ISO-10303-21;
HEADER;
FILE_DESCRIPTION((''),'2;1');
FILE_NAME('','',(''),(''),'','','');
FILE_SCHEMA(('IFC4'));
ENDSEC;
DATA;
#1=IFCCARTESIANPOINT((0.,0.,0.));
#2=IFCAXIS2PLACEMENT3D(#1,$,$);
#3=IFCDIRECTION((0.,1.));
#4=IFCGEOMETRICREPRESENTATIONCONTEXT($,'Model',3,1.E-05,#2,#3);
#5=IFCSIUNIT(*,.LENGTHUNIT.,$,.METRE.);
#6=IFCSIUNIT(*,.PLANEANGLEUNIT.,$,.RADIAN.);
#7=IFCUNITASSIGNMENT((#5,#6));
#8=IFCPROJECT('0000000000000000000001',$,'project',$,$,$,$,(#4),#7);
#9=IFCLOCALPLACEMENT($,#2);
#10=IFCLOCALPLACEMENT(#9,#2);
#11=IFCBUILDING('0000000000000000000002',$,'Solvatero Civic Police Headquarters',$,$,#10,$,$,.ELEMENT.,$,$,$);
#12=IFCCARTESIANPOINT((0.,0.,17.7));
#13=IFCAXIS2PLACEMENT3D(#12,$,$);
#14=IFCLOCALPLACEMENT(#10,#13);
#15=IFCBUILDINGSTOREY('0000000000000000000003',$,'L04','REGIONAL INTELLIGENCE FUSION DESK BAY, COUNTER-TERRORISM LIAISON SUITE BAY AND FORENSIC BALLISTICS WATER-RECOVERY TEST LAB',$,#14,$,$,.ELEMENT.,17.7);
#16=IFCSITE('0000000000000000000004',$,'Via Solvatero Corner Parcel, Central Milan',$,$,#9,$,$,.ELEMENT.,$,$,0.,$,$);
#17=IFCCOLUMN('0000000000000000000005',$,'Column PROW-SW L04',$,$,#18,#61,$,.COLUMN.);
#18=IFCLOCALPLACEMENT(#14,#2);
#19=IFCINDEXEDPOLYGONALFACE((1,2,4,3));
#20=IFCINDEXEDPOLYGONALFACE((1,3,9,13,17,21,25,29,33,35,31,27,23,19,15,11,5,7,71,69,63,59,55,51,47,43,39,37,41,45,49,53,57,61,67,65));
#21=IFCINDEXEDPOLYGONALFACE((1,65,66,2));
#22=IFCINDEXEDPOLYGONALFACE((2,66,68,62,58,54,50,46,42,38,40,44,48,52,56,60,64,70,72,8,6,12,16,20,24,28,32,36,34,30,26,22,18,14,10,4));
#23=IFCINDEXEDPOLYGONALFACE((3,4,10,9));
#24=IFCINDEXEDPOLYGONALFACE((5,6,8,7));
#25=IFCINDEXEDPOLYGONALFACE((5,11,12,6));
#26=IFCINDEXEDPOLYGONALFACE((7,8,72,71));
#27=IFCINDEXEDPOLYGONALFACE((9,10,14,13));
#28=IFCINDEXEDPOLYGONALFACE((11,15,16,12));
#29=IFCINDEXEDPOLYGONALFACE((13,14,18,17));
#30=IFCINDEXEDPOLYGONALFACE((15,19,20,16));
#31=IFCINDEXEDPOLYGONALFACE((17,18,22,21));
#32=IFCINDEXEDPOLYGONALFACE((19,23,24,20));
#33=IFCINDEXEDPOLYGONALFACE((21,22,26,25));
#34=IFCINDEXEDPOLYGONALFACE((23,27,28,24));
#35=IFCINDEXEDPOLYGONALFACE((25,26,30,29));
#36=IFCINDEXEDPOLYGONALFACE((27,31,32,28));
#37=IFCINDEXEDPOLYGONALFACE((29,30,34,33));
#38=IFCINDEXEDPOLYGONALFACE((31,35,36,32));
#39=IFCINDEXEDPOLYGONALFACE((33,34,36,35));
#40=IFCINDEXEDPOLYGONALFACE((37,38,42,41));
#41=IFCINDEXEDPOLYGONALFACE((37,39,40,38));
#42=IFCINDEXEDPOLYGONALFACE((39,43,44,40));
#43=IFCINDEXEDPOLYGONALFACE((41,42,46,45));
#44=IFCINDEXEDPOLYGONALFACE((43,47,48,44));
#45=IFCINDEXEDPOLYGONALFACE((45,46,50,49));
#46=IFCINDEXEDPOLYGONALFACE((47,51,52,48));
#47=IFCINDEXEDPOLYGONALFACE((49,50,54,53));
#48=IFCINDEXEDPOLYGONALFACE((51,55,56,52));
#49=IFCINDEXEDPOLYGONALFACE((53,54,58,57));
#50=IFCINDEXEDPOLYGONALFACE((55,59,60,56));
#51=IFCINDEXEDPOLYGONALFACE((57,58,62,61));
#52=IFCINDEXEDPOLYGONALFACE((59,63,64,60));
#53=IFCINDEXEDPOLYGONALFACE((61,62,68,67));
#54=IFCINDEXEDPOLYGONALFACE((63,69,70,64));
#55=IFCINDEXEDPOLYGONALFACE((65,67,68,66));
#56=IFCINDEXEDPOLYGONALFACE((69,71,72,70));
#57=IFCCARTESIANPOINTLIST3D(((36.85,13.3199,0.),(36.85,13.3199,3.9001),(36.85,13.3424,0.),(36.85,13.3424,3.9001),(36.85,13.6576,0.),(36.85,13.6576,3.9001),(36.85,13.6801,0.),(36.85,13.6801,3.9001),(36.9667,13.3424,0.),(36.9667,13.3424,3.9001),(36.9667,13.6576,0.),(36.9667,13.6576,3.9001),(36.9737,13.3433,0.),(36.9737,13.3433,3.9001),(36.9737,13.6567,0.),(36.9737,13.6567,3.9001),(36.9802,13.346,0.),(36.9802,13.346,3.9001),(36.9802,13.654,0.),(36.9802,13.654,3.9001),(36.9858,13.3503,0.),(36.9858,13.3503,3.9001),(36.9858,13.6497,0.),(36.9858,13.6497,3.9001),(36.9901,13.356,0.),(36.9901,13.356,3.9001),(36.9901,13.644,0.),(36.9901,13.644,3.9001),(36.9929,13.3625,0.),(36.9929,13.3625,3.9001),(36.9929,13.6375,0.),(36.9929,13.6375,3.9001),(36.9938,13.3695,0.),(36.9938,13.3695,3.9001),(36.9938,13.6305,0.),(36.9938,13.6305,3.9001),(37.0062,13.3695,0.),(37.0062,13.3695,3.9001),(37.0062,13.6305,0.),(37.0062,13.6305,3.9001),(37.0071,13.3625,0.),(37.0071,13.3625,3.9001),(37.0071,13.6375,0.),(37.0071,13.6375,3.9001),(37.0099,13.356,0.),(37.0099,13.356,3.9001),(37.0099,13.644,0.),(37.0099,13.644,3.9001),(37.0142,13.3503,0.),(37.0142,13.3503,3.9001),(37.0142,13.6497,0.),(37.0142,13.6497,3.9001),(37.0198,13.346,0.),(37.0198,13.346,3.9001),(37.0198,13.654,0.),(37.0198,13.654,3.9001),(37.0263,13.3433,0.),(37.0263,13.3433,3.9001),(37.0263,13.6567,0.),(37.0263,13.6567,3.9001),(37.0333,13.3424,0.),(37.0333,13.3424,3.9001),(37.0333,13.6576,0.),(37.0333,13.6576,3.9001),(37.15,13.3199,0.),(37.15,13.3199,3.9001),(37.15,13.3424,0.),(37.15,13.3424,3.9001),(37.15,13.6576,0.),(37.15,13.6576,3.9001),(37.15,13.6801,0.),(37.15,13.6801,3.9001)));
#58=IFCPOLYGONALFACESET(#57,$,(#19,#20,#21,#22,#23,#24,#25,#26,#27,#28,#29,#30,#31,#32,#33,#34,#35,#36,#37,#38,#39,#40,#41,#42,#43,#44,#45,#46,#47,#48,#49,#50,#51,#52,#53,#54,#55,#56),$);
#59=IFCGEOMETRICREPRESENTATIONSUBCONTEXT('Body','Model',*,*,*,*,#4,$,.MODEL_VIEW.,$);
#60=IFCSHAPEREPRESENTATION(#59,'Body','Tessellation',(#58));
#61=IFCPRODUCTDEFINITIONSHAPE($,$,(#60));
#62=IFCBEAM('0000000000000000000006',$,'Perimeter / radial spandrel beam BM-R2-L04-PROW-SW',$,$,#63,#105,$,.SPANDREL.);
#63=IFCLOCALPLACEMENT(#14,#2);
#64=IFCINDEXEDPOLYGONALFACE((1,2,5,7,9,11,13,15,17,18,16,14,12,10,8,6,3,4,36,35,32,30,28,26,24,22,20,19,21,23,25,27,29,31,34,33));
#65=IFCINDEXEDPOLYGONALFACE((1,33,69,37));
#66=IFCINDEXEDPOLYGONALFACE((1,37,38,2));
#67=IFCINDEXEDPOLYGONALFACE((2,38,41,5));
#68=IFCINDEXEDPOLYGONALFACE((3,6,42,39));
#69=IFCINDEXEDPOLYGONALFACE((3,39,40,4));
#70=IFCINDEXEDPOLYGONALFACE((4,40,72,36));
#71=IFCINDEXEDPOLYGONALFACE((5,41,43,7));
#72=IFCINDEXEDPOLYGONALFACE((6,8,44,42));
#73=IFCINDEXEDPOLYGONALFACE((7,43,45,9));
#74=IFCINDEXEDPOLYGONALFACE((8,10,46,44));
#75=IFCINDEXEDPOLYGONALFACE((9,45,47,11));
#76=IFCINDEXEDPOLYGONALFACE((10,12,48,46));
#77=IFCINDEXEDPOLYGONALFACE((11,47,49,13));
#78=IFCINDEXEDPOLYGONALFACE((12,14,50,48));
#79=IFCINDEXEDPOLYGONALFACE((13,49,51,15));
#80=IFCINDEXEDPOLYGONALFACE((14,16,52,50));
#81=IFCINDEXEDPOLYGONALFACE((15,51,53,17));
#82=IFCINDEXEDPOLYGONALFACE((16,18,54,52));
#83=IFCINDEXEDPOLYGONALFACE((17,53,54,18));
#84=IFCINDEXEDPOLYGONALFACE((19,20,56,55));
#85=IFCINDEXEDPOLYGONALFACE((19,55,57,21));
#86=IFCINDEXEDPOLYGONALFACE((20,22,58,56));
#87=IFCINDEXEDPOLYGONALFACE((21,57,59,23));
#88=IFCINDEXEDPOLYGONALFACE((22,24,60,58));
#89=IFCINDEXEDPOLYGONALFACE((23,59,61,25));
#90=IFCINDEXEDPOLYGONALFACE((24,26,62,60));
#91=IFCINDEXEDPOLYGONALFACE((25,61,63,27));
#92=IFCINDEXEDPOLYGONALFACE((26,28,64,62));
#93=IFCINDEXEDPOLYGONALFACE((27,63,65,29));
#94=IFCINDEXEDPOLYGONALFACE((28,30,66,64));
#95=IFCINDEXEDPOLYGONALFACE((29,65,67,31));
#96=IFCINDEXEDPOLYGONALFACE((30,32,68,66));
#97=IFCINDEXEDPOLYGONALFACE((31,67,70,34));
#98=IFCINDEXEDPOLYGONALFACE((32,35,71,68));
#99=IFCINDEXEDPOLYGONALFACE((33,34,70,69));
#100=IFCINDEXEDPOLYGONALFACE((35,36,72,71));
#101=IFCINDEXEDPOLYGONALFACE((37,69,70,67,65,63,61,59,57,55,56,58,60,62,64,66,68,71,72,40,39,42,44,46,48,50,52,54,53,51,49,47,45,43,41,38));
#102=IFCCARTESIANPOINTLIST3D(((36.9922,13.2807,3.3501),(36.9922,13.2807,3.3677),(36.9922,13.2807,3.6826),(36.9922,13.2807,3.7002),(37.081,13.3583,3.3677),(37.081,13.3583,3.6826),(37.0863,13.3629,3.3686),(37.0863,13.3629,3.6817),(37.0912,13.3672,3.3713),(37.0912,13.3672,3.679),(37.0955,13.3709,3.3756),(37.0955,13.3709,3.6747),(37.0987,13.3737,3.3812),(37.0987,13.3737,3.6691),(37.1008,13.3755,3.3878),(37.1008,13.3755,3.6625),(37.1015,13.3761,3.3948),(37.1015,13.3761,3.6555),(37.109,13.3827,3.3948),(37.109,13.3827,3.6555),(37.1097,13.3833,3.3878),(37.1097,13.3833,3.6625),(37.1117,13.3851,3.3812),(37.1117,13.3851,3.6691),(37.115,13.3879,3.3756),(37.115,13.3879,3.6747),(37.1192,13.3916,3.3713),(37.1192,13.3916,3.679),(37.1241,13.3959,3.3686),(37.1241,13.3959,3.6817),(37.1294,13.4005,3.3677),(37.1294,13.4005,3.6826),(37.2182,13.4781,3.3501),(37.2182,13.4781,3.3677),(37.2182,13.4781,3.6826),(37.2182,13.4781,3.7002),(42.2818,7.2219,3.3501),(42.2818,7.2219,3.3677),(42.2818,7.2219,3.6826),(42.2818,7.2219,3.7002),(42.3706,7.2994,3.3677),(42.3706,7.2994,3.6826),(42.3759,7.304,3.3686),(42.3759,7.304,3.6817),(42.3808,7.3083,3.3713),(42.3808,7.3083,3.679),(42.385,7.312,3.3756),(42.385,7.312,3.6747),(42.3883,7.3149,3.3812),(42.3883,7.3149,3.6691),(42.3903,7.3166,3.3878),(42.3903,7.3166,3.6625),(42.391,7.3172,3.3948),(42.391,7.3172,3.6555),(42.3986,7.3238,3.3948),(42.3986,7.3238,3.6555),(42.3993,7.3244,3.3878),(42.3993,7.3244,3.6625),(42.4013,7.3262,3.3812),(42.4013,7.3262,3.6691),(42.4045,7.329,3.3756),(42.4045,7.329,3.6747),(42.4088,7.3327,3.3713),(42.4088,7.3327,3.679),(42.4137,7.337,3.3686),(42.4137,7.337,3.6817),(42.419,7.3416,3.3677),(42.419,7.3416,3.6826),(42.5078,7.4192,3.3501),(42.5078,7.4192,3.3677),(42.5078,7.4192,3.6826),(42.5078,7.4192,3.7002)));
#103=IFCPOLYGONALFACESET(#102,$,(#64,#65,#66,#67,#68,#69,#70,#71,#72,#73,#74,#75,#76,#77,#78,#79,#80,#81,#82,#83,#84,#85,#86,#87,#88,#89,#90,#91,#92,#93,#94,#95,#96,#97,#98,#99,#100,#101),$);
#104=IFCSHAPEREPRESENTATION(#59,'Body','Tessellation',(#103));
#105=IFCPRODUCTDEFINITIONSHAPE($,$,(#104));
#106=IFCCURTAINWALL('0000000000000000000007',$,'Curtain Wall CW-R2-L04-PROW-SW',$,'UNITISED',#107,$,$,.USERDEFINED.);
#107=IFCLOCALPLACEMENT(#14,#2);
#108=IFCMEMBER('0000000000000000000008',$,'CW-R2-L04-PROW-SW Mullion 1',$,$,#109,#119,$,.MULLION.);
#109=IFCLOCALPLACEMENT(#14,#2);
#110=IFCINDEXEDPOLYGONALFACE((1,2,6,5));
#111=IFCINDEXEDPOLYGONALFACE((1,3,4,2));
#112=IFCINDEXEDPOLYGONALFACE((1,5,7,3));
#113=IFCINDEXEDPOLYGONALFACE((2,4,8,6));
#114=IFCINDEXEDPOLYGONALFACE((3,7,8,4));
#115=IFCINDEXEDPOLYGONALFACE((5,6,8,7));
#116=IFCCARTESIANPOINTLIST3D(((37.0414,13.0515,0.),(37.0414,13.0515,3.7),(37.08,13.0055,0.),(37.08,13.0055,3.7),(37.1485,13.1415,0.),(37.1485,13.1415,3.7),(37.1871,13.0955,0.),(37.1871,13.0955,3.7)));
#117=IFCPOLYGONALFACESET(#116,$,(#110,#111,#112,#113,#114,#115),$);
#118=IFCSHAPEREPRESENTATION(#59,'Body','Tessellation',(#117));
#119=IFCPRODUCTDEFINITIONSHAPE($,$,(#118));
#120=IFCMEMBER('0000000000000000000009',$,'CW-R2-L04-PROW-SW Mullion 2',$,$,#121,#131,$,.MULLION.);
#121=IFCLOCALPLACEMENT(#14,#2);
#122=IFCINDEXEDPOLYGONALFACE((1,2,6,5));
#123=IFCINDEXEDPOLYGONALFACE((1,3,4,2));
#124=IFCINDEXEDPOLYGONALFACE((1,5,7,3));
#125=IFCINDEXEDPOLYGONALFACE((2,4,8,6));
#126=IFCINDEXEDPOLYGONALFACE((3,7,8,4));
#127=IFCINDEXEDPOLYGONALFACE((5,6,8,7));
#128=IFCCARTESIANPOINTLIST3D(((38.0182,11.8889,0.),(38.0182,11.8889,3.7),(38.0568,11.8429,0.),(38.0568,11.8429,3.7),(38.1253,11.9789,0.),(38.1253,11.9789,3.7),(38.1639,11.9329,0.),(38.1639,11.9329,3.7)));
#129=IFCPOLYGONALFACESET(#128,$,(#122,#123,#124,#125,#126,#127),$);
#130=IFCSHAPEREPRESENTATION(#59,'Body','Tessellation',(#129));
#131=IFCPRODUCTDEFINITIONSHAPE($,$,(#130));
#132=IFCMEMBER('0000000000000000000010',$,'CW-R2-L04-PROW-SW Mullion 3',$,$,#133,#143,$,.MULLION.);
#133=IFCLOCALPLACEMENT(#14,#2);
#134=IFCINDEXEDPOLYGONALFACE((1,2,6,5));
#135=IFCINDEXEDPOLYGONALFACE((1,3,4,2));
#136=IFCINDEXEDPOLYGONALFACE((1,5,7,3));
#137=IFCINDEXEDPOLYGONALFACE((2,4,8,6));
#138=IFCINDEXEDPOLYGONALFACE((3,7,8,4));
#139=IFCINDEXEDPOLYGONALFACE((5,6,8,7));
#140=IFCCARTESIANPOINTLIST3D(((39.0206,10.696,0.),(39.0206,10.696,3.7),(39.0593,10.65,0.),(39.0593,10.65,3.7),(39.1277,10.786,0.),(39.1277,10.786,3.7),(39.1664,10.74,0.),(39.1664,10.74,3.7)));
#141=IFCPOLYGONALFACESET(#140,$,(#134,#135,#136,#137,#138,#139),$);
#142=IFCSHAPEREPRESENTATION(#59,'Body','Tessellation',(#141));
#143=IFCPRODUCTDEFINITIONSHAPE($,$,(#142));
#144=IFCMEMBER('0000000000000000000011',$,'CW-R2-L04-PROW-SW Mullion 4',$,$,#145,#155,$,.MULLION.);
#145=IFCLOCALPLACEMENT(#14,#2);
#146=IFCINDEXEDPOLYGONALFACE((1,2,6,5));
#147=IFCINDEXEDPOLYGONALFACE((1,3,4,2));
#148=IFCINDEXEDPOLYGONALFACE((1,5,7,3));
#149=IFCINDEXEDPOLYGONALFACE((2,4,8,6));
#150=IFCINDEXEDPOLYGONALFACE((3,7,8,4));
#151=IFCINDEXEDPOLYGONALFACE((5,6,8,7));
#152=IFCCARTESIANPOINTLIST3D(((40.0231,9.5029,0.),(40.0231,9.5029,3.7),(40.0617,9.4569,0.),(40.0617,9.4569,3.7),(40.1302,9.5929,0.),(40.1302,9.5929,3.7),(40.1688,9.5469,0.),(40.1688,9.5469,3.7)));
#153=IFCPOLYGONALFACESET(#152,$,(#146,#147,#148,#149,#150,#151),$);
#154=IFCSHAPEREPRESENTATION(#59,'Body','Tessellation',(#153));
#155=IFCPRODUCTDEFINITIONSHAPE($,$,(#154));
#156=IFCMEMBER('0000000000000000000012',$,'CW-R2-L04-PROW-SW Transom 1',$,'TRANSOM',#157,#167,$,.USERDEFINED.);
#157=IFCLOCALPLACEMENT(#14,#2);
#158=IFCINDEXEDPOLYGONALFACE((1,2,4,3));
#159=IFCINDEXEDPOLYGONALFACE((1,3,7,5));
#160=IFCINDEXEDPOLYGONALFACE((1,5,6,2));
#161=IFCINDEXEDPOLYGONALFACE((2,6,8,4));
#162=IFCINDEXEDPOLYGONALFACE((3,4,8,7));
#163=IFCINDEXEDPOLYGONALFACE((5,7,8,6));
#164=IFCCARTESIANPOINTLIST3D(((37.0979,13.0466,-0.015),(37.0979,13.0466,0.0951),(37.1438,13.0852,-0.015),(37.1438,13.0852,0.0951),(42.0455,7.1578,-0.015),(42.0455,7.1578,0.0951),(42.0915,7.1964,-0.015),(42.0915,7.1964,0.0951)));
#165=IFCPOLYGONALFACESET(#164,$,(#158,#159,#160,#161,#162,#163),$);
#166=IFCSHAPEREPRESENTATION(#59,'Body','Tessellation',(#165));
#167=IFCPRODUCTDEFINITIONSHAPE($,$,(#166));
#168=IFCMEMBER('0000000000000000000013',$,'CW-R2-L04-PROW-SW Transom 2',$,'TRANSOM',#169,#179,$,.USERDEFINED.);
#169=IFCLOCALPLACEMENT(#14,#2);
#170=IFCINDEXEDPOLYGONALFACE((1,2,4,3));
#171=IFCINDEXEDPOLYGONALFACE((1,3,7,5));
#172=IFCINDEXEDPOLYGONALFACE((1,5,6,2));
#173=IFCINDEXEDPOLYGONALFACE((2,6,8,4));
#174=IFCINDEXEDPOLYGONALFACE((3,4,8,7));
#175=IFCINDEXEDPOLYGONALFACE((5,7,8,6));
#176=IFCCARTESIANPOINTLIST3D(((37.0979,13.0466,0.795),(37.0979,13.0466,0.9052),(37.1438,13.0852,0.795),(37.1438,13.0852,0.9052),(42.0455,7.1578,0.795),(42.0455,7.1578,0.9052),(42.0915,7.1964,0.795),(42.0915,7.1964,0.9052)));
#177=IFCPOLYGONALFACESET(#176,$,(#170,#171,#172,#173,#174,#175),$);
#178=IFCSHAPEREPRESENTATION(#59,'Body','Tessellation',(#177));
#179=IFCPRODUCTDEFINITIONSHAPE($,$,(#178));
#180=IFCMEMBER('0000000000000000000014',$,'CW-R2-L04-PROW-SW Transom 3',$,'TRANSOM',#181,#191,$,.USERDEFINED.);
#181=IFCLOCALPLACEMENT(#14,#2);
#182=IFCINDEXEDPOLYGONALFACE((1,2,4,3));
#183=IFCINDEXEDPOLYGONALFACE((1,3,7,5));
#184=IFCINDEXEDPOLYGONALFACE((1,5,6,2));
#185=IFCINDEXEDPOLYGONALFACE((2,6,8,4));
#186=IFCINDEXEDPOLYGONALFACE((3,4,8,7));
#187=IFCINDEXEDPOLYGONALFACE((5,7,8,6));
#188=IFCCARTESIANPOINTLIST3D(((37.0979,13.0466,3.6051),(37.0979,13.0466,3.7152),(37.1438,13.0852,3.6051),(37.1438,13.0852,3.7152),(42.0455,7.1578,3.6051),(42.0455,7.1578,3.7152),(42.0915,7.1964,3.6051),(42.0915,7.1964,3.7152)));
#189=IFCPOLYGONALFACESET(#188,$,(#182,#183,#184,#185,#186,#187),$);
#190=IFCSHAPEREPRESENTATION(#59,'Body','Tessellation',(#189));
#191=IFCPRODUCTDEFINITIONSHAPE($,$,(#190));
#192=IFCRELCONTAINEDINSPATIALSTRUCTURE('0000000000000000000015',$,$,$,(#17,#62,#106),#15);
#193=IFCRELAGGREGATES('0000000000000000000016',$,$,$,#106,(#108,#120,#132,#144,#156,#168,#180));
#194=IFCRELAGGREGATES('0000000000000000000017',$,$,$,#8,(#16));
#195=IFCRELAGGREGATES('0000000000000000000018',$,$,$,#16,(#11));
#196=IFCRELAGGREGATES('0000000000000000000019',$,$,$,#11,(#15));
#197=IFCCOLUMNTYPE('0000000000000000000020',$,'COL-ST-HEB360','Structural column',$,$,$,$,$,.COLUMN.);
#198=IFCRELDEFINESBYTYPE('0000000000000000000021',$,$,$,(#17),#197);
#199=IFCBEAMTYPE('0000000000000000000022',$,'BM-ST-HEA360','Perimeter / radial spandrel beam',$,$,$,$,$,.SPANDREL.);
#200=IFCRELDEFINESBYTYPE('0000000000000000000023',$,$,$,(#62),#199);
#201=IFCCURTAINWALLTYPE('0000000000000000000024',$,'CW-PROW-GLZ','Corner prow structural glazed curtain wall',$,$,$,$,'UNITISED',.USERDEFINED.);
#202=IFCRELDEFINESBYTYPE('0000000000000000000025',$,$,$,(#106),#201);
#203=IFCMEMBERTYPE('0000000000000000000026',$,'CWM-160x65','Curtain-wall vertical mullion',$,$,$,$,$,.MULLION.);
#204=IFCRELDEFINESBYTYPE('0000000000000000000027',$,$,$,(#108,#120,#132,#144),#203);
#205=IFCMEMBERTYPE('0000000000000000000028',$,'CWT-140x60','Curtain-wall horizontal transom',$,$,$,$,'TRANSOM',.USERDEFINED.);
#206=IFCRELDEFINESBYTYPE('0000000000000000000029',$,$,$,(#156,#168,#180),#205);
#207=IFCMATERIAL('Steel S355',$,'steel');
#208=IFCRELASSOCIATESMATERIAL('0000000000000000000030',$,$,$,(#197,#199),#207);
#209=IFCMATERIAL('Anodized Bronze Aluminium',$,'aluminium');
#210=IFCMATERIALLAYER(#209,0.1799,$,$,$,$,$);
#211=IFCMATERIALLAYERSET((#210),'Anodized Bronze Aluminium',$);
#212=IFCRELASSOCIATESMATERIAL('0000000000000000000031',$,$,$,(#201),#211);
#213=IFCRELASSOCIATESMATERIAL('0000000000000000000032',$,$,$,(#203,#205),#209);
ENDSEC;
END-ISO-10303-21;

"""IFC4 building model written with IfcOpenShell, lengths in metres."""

from ifc_helpers import new_model, si_unit, direction, frame, origin, origin_2d, place, context, subcontext, project, spatial, rectangle, i_section, extrude, material, layer, layer_set, material_profile, profile_set, type_object, element, aggregate, save


model = new_model("IFC4")

# Units and contexts
model_context = context("Model", 3, precision=1e-05, world=origin(), true_north=direction((0.0, 1.0)))
body_context = subcontext(model_context, "Body", "Model", "MODEL_VIEW")
ifc_project = project(units=[si_unit("LENGTHUNIT", "METRE"), si_unit("PLANEANGLEUNIT", "RADIAN")], contexts=[model_context])

# Site, building, storey
site_placement = place(None, origin())
site = spatial("IfcSite", under=ifc_project, at=site_placement, Name="Via Solvatero Corner Parcel, Central Milan", CompositionType="ELEMENT", RefElevation=0.0)
building_placement = place(site_placement, origin())
building = spatial("IfcBuilding", under=site, at=building_placement, Name="Solvatero Civic Police Headquarters", CompositionType="ELEMENT")
storey_placement = place(building_placement, frame((0.0, 0.0, 17.7)))
storey = spatial("IfcBuildingStorey", under=building, at=storey_placement, Name="L04", Description="REGIONAL INTELLIGENCE FUSION DESK BAY, COUNTER-TERRORISM LIAISON SUITE BAY AND FORENSIC BALLISTICS WATER-RECOVERY TEST LAB", CompositionType="ELEMENT", Elevation=17.7)

# Column
ifc_material_1 = material(Name="Steel S355", Category="steel")
ifc_material_profile_1 = material_profile(ifc_material_1, i_section(OverallWidth=0.3, OverallDepth=0.3601, WebThickness=0.0125, FlangeThickness=0.0225, FilletRadius=0.0271, at=origin_2d()), Name="HEB 360")
ifc_profile_set_1 = profile_set([ifc_material_profile_1], Name="Steel S355")
column_type = type_object("IfcColumnType", Name="COL-ST-HEB360", Description="Structural column", PredefinedType="COLUMN", material=ifc_profile_set_1)
column_placement = place(storey_placement, frame((37.0, 13.5, 0.0), z_axis=(0.0, 0.0, 1.0), x_axis=(1.0, 0.0, 0.0)))
element("IfcColumn", 1, at=column_placement, inside=storey, type_object=column_type, Name="Column PROW-SW L04", PredefinedType="COLUMN", context=body_context, shape_type="SweptSolid", body=[
    extrude(i_section(OverallWidth=0.3, OverallDepth=0.3601, WebThickness=0.0125, FlangeThickness=0.0225, FilletRadius=0.0271, at=origin_2d()), origin(), (0.0, 0.0, 1.0), 3.9001),
])

# Beam
ifc_material_profile_2 = material_profile(ifc_material_1, i_section(OverallWidth=0.3, OverallDepth=0.3501, WebThickness=0.01, FlangeThickness=0.0176, FilletRadius=0.0271, at=origin_2d()), Name="HEA 360")
ifc_profile_set_2 = profile_set([ifc_material_profile_2], Name="Steel S355")
beam_type = type_object("IfcBeamType", Name="BM-ST-HEA360", Description="Perimeter / radial spandrel beam", PredefinedType="SPANDREL", material=ifc_profile_set_2)
beam_placement = place(storey_placement, frame((37.1052, 13.3794, 3.5251), z_axis=(0.657664, -0.753311, 0.0), x_axis=(0.753311, 0.657664, 0.0)))
element("IfcBeam", 2, at=beam_placement, inside=storey, type_object=beam_type, Name="Perimeter / radial spandrel beam BM-R2-L04-PROW-SW", PredefinedType="SPANDREL", context=body_context, shape_type="SweptSolid", body=[
    extrude(i_section(OverallWidth=0.3, OverallDepth=0.3501, WebThickness=0.01, FlangeThickness=0.0176, FilletRadius=0.0271, at=origin_2d()), origin(), (0.0, 0.0, 1.0), 8.043),
])

# Curtain wall, members
ifc_material_2 = material(Name="Anodized Bronze Aluminium", Category="aluminium")
ifc_layer_1 = layer(ifc_material_2, 0.1799)
ifc_layer_set_1 = layer_set([ifc_layer_1], Name="Anodized Bronze Aluminium")
curtain_wall_type = type_object("IfcCurtainWallType", Name="CW-PROW-GLZ", Description="Corner prow structural glazed curtain wall", ElementType="UNITISED", PredefinedType="USERDEFINED", material=ifc_layer_set_1)
curtain_wall_placement = place(storey_placement, origin())
curtain_wall = element("IfcCurtainWall", 3, at=curtain_wall_placement, inside=storey, type_object=curtain_wall_type, Name="Curtain Wall CW-R2-L04-PROW-SW", ObjectType="UNITISED", PredefinedType="USERDEFINED")
ifc_material_profile_3 = material_profile(ifc_material_2, rectangle(XDim=0.0601, YDim=0.1399, at=origin_2d()), Name="ALU MULLION 60x140")
ifc_profile_set_3 = profile_set([ifc_material_profile_3], Name="Anodized Bronze Aluminium")
member_type_1 = type_object("IfcMemberType", Name="CWM-160x65", Description="Curtain-wall vertical mullion", PredefinedType="MULLION", material=ifc_profile_set_3)
member_1_placement = place(storey_placement, frame((37.1143, 13.0735, 0.0), z_axis=(0.0, 0.0, 1.0), x_axis=(0.643282, -0.765629, 0.0)))
member_1 = element("IfcMember", 4, at=member_1_placement, type_object=member_type_1, Name="CW-R2-L04-PROW-SW Mullion 1", PredefinedType="MULLION", context=body_context, shape_type="SweptSolid", body=[
    extrude(rectangle(XDim=0.0601, YDim=0.1399, at=origin_2d()), origin(), (0.0, 0.0, 1.0), 3.7),
])
member_2_placement = place(storey_placement, frame((38.0911, 11.9109, 0.0), z_axis=(0.0, 0.0, 1.0), x_axis=(0.643282, -0.765629, 0.0)))
member_2 = element("IfcMember", 5, at=member_2_placement, type_object=member_type_1, Name="CW-R2-L04-PROW-SW Mullion 2", PredefinedType="MULLION", context=body_context, shape_type="SweptSolid", body=[
    extrude(rectangle(XDim=0.0601, YDim=0.1399, at=origin_2d()), origin(), (0.0, 0.0, 1.0), 3.7),
])
member_3_placement = place(storey_placement, frame((39.0935, 10.718, 0.0), z_axis=(0.0, 0.0, 1.0), x_axis=(0.643282, -0.765629, 0.0)))
member_3 = element("IfcMember", 6, at=member_3_placement, type_object=member_type_1, Name="CW-R2-L04-PROW-SW Mullion 3", PredefinedType="MULLION", context=body_context, shape_type="SweptSolid", body=[
    extrude(rectangle(XDim=0.0601, YDim=0.1399, at=origin_2d()), origin(), (0.0, 0.0, 1.0), 3.7),
])
member_4_placement = place(storey_placement, frame((40.0959, 9.5249, 0.0), z_axis=(0.0, 0.0, 1.0), x_axis=(0.643282, -0.765629, 0.0)))
member_4 = element("IfcMember", 7, at=member_4_placement, type_object=member_type_1, Name="CW-R2-L04-PROW-SW Mullion 4", PredefinedType="MULLION", context=body_context, shape_type="SweptSolid", body=[
    extrude(rectangle(XDim=0.0601, YDim=0.1399, at=origin_2d()), origin(), (0.0, 0.0, 1.0), 3.7),
])
ifc_material_profile_4 = material_profile(ifc_material_2, rectangle(XDim=0.0601, YDim=0.1101, at=origin_2d()), Name="ALU TRANSOM 60x110")
ifc_profile_set_4 = profile_set([ifc_material_profile_4], Name="Anodized Bronze Aluminium")
member_type_2 = type_object("IfcMemberType", Name="CWT-140x60", Description="Curtain-wall horizontal transom", ElementType="TRANSOM", PredefinedType="USERDEFINED", material=ifc_profile_set_4)
member_5_placement = place(storey_placement, frame((37.1208, 13.0659, 0.04), z_axis=(0.643273, -0.765637, 0.0), x_axis=(0.765637, 0.643273, 0.0)))
member_5 = element("IfcMember", 8, at=member_5_placement, type_object=member_type_2, Name="CW-R2-L04-PROW-SW Transom 1", ObjectType="TRANSOM", PredefinedType="USERDEFINED", context=body_context, shape_type="SweptSolid", body=[
    extrude(rectangle(XDim=0.0601, YDim=0.1101, at=origin_2d()), origin(), (0.0, 0.0, 1.0), 7.6914),
])
member_6_placement = place(storey_placement, frame((37.1208, 13.0659, 0.8501), z_axis=(0.643273, -0.765637, 0.0), x_axis=(0.765637, 0.643273, 0.0)))
member_6 = element("IfcMember", 9, at=member_6_placement, type_object=member_type_2, Name="CW-R2-L04-PROW-SW Transom 2", ObjectType="TRANSOM", PredefinedType="USERDEFINED", context=body_context, shape_type="SweptSolid", body=[
    extrude(rectangle(XDim=0.0601, YDim=0.1101, at=origin_2d()), origin(), (0.0, 0.0, 1.0), 7.6914),
])
member_7_placement = place(storey_placement, frame((37.1208, 13.0659, 3.6602), z_axis=(0.643273, -0.765637, 0.0), x_axis=(0.765637, 0.643273, 0.0)))
member_7 = element("IfcMember", 10, at=member_7_placement, type_object=member_type_2, Name="CW-R2-L04-PROW-SW Transom 3", ObjectType="TRANSOM", PredefinedType="USERDEFINED", context=body_context, shape_type="SweptSolid", body=[
    extrude(rectangle(XDim=0.0601, YDim=0.1101, at=origin_2d()), origin(), (0.0, 0.0, 1.0), 7.6914),
])
aggregate(curtain_wall, [member_1, member_2, member_3, member_4, member_5, member_6, member_7])

save(model, "model.ifc")
